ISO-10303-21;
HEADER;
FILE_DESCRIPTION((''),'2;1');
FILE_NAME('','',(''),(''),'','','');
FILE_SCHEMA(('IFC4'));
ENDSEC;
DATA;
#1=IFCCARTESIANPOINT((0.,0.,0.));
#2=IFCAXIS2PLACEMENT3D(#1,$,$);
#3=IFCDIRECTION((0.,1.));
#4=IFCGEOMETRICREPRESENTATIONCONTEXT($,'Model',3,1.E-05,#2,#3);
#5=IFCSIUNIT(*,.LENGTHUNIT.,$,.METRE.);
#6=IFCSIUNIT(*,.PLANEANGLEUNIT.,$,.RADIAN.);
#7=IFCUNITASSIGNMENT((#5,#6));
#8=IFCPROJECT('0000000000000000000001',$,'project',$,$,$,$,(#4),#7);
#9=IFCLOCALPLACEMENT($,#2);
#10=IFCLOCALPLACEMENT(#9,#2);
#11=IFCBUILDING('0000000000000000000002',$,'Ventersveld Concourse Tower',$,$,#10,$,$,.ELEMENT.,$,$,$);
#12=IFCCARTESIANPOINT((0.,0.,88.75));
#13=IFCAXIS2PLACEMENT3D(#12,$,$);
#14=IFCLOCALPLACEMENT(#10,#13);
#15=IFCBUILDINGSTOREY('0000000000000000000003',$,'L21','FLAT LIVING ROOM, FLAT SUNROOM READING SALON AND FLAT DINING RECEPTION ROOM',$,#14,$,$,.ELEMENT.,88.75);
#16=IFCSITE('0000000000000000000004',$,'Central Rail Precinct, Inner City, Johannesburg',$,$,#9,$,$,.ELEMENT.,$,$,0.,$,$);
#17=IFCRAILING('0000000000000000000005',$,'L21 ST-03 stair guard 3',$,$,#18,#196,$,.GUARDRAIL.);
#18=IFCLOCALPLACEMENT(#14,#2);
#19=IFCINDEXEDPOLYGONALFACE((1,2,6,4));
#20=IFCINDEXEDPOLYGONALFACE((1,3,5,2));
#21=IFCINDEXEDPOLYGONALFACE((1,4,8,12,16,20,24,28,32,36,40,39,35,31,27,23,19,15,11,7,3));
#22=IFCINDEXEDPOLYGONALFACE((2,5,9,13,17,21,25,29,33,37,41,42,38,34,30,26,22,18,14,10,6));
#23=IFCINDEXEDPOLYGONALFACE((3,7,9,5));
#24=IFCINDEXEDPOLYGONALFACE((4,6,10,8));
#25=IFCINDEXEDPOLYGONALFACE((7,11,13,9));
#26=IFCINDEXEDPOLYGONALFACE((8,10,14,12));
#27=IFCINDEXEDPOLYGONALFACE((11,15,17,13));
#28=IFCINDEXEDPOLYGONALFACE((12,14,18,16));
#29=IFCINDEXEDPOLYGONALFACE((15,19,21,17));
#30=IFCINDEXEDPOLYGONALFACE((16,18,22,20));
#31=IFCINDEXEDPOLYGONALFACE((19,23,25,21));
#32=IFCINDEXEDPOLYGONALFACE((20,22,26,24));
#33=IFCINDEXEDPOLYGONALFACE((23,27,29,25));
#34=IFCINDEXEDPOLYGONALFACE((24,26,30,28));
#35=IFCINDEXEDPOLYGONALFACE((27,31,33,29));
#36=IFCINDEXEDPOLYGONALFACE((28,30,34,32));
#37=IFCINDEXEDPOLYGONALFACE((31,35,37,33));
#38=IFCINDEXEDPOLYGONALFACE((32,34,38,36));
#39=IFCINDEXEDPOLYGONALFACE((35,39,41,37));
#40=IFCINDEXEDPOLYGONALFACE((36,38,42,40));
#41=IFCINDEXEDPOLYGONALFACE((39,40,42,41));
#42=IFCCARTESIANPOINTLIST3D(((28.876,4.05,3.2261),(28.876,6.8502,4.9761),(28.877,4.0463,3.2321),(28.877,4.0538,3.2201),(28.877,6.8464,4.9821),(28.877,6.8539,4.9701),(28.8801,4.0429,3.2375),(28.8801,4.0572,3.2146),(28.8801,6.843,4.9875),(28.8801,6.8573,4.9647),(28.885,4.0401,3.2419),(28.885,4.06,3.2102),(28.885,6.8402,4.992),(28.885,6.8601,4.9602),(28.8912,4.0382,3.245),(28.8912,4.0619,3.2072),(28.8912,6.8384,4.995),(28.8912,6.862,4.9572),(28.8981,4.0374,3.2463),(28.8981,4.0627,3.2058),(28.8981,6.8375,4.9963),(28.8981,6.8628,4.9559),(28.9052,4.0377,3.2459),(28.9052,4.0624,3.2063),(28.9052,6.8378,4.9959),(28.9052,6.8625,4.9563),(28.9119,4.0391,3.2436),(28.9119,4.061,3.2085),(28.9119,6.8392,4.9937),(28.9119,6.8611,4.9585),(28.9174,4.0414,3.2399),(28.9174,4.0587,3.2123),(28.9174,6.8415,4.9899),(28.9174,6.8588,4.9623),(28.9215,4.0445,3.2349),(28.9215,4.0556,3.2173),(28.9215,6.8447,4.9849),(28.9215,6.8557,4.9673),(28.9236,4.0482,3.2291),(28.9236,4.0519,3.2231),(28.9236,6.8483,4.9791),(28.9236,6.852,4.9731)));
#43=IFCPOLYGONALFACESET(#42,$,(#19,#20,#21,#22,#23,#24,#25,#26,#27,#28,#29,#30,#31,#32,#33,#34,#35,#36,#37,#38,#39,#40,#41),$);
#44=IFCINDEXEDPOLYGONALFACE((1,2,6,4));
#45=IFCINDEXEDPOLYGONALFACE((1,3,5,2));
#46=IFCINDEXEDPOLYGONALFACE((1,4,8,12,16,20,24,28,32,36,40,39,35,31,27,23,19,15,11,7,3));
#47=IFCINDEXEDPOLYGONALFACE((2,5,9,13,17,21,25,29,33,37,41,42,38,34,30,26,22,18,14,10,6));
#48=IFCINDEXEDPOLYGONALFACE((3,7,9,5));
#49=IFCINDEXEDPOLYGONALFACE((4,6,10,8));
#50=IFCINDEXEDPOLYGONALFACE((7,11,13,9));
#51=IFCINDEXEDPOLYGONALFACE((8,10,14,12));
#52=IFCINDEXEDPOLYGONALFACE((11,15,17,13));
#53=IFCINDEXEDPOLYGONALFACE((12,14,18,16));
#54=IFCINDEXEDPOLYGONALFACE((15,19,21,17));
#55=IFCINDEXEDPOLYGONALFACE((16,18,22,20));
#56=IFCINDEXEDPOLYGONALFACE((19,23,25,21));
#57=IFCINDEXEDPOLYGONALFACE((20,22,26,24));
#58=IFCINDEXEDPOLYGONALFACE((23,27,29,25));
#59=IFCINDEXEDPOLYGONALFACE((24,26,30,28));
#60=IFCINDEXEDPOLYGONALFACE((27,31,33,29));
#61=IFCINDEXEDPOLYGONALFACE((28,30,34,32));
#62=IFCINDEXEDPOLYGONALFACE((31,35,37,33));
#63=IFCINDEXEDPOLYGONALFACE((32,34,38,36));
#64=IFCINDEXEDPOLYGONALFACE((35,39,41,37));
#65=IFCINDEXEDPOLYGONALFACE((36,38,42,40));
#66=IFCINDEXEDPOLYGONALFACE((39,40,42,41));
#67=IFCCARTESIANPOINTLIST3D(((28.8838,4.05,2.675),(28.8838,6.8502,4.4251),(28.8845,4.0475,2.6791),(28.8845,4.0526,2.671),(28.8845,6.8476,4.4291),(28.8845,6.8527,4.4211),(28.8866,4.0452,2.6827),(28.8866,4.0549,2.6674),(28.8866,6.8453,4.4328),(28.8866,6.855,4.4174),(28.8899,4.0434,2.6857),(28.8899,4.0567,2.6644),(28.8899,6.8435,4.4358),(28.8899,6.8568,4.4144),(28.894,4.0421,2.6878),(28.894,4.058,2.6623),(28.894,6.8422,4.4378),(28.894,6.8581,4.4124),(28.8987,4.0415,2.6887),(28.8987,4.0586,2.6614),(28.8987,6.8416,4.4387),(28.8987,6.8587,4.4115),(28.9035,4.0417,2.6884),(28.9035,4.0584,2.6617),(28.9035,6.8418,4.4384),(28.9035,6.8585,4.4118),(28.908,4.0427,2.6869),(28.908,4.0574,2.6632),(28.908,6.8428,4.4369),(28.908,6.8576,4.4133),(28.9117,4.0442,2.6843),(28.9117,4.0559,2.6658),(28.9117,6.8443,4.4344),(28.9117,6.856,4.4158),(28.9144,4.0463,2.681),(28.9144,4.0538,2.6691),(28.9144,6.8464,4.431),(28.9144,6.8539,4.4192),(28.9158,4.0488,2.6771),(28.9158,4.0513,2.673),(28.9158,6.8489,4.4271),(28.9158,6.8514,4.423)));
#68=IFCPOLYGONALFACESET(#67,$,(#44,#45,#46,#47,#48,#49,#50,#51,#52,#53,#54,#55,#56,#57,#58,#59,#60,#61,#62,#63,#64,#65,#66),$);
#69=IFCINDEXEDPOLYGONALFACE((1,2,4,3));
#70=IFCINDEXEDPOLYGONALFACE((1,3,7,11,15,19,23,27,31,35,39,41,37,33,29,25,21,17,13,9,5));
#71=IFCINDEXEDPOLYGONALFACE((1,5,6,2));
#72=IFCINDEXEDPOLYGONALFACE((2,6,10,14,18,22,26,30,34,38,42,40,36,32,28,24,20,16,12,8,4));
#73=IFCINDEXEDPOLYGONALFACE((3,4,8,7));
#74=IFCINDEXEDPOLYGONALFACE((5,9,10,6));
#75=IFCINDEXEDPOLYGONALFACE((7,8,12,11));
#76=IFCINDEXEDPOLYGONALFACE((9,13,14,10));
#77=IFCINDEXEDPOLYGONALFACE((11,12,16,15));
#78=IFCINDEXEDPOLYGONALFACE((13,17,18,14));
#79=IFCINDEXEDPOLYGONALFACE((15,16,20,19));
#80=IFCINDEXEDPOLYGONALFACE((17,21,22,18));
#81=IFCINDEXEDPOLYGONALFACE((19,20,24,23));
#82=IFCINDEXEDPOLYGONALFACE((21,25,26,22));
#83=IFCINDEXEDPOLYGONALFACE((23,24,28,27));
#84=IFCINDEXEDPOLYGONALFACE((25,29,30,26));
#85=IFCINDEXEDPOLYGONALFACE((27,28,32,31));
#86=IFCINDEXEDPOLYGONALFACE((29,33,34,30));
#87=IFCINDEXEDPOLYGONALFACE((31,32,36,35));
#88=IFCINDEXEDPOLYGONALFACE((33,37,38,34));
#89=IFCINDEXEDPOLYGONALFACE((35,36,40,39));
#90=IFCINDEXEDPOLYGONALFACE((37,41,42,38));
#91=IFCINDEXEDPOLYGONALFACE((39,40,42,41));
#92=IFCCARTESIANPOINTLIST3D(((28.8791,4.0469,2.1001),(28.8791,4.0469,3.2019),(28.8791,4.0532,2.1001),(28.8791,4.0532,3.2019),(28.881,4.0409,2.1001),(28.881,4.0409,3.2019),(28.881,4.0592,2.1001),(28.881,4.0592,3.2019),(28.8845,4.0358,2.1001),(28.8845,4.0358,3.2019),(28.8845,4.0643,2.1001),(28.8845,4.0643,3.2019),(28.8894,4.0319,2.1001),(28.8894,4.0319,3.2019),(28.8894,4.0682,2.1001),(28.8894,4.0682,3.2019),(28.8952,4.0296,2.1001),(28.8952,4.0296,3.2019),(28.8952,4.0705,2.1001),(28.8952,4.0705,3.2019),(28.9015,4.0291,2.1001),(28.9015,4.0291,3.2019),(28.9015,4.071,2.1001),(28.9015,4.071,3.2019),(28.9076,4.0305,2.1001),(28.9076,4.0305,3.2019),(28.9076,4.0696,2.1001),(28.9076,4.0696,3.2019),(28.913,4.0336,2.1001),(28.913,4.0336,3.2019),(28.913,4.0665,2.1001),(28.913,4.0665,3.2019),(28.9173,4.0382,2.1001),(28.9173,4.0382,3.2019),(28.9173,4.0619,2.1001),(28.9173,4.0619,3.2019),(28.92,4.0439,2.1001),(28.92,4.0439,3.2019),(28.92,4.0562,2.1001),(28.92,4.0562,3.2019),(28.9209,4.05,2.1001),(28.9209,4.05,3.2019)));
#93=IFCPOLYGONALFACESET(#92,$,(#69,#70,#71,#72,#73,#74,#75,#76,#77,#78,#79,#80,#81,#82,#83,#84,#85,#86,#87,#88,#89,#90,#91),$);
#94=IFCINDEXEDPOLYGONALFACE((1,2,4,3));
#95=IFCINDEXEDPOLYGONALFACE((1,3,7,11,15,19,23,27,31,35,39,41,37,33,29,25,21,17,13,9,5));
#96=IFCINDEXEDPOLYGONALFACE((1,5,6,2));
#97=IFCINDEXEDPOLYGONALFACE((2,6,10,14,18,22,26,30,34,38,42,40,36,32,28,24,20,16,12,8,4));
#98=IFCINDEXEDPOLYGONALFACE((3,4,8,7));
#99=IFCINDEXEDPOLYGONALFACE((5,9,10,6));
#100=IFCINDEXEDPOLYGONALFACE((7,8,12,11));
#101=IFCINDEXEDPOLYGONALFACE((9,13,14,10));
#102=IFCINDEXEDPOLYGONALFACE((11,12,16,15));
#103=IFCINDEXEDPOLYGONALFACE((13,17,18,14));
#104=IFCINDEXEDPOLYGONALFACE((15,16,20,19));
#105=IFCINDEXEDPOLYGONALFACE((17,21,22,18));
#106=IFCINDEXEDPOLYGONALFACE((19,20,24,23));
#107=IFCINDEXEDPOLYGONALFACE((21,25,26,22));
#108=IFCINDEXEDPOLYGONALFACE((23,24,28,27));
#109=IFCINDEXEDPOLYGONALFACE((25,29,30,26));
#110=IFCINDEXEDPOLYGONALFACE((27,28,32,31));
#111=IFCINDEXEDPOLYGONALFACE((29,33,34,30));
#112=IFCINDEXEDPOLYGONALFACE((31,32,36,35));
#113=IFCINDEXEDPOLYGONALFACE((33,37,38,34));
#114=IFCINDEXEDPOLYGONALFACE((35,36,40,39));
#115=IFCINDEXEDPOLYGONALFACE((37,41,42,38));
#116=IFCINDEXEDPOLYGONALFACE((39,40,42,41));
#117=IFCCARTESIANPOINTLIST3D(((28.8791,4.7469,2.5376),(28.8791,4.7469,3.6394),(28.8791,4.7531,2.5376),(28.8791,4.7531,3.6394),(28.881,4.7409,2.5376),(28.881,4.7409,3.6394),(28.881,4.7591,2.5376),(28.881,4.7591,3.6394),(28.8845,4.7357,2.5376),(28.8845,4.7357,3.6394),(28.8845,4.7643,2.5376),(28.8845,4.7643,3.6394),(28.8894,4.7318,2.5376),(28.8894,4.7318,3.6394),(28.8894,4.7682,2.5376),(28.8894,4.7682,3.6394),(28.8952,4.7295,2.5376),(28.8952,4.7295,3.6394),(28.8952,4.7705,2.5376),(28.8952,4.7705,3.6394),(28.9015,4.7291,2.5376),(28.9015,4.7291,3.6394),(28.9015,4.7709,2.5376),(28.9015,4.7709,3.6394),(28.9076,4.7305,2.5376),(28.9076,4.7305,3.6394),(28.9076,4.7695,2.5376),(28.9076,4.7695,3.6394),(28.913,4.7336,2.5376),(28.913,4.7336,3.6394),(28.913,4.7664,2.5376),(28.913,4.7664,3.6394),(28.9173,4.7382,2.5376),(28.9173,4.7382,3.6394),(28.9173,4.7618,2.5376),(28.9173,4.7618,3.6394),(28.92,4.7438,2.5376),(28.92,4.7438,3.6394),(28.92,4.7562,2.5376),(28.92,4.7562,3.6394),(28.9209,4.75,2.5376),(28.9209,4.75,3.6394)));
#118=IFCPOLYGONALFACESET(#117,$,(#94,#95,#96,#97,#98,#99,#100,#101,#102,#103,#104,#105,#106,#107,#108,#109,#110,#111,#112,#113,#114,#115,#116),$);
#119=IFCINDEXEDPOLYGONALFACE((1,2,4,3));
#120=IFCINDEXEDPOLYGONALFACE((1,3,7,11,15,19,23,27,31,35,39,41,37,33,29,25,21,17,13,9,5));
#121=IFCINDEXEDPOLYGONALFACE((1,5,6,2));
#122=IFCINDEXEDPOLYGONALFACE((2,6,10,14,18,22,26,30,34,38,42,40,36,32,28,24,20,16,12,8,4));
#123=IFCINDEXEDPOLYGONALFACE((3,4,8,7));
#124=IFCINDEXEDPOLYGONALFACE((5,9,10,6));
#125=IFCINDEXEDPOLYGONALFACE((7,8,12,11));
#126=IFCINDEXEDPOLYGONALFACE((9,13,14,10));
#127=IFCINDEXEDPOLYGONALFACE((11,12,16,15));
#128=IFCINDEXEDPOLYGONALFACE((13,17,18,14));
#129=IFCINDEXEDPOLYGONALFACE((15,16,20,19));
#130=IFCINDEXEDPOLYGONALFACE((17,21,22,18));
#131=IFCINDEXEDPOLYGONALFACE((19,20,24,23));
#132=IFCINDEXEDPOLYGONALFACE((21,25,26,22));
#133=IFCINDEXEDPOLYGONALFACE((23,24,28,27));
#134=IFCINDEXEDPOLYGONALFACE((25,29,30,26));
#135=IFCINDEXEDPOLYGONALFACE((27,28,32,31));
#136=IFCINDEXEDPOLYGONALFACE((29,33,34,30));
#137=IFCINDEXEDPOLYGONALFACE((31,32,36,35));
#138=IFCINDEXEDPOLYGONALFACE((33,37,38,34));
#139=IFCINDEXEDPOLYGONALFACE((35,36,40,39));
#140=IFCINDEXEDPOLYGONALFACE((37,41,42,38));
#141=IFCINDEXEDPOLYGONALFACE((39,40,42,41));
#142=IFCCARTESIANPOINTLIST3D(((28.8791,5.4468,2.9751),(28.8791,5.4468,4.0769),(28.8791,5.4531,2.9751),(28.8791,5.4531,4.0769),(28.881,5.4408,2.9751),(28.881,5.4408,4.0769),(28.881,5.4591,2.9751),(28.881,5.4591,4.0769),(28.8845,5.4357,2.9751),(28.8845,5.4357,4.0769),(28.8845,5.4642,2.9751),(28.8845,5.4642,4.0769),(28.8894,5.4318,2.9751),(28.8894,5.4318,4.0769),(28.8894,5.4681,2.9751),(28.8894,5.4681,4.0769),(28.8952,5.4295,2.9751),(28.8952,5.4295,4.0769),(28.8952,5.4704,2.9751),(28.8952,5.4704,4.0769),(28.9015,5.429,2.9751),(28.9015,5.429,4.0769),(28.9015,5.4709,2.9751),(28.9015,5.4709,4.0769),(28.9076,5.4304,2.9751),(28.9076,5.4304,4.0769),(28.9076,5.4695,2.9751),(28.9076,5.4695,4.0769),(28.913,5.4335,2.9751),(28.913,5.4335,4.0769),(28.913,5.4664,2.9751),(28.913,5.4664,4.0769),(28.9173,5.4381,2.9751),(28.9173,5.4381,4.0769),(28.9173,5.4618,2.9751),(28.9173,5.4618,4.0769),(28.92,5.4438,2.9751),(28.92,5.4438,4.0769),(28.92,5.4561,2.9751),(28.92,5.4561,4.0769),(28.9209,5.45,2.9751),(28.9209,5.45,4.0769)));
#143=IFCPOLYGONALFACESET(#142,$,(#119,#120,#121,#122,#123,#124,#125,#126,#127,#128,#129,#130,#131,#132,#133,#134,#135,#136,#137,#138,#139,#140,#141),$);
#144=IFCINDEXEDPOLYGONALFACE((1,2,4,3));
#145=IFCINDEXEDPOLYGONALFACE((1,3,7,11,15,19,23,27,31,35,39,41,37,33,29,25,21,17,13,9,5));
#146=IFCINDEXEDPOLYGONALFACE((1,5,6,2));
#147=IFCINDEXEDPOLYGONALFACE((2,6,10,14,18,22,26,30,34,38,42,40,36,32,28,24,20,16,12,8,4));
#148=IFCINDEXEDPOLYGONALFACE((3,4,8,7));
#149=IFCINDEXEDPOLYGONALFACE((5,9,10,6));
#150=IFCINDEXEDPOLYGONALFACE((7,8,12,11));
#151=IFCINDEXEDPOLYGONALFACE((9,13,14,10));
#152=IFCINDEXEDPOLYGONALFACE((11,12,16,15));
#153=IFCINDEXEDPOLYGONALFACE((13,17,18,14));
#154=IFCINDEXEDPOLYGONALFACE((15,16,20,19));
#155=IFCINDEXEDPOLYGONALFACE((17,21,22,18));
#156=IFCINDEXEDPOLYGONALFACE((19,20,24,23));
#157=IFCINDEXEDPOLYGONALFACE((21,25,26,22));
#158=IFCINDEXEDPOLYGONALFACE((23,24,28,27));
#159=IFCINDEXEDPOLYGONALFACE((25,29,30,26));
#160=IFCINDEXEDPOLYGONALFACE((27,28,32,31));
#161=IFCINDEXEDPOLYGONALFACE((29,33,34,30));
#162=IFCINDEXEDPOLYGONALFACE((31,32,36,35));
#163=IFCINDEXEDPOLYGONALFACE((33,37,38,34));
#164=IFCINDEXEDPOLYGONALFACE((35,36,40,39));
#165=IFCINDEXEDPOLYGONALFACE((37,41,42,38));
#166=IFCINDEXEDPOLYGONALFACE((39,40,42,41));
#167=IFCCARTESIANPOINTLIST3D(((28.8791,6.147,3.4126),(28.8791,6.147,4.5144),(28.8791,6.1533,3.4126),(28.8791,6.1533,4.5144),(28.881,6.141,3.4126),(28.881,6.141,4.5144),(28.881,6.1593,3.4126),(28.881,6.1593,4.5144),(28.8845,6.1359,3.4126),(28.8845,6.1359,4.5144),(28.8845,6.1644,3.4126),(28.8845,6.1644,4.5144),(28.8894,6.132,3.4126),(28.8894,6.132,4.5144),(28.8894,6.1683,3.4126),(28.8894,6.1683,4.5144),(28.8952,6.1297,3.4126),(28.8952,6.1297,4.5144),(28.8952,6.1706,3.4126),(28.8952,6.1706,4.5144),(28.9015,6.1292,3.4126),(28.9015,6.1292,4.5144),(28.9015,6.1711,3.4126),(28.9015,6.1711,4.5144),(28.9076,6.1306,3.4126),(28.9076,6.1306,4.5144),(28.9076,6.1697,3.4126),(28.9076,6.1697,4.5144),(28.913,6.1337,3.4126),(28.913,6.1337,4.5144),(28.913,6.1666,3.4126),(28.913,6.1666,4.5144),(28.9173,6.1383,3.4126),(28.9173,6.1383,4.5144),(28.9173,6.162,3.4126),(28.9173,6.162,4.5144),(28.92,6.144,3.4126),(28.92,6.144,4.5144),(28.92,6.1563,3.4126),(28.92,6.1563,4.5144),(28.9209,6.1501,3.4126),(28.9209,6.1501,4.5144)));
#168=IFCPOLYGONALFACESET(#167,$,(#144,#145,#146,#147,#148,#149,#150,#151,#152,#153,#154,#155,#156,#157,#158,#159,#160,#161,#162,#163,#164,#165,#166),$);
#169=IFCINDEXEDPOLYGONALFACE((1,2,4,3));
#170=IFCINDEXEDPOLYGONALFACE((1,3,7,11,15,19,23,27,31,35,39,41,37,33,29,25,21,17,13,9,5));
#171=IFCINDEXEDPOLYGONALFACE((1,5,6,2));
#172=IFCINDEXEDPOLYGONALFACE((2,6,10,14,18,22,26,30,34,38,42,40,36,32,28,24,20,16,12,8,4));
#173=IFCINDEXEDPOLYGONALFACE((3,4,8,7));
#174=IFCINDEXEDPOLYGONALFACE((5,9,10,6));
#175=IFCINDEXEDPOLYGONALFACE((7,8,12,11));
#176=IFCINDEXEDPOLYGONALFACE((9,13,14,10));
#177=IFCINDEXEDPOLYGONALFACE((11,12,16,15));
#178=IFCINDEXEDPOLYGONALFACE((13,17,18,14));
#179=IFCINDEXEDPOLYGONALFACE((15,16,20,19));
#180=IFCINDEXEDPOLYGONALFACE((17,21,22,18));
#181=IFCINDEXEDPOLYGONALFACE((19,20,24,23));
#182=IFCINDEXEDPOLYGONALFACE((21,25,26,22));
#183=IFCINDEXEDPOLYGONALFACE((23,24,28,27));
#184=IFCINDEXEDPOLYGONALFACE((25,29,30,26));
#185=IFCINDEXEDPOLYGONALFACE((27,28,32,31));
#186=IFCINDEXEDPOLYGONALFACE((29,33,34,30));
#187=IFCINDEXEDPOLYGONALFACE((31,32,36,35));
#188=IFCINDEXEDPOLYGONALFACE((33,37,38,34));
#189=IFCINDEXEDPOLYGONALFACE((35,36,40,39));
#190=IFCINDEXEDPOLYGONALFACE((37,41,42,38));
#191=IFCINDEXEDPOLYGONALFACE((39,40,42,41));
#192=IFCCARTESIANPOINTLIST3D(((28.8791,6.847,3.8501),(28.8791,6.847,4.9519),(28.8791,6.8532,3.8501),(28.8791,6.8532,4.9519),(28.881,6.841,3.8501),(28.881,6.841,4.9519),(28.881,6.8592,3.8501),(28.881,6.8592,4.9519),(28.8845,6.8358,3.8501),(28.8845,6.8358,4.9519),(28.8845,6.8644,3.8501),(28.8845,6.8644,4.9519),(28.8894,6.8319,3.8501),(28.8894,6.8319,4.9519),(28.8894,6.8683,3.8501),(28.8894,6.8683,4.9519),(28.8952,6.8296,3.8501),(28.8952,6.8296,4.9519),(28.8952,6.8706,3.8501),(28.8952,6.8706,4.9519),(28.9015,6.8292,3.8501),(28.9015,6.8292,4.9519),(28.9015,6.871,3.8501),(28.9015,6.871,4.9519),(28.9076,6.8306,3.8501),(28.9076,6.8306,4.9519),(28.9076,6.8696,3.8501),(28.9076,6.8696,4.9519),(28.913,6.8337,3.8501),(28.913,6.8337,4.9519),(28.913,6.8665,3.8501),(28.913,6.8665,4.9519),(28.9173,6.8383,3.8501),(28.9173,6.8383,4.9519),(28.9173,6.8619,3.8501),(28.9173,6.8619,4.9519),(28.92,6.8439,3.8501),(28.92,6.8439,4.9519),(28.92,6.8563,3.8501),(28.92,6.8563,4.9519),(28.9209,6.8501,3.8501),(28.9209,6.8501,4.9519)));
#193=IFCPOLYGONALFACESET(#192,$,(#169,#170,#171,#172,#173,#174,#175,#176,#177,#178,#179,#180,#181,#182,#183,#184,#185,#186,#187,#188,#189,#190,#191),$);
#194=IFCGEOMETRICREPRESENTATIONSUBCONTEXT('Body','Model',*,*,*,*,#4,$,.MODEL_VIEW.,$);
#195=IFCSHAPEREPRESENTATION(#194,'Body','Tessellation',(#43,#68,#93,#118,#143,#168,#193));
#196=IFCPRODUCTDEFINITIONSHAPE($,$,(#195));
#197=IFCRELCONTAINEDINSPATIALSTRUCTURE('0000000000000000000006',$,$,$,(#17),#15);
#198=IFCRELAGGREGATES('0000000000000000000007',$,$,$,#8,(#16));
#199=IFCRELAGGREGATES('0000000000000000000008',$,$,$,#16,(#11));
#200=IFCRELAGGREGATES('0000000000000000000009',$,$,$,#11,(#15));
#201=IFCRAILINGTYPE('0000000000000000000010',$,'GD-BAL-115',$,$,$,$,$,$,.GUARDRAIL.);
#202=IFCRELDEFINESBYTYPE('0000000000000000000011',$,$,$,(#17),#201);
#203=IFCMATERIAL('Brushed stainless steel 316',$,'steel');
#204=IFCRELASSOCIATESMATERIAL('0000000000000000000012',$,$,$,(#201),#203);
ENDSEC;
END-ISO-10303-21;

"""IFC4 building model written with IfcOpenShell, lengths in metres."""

from ifc_helpers import new_model, si_unit, direction, frame, origin, origin_2d, place, context, subcontext, project, spatial, circle, extrude, material, type_object, element, save


model = new_model("IFC4")

# Units and contexts
model_context = context("Model", 3, precision=1e-05, world=origin(), true_north=direction((0.0, 1.0)))
body_context = subcontext(model_context, "Body", "Model", "MODEL_VIEW")
ifc_project = project(units=[si_unit("LENGTHUNIT", "METRE"), si_unit("PLANEANGLEUNIT", "RADIAN")], contexts=[model_context])

# Site, building, storey
site_placement = place(None, origin())
site = spatial("IfcSite", under=ifc_project, at=site_placement, Name="Central Rail Precinct, Inner City, Johannesburg", CompositionType="ELEMENT", RefElevation=0.0)
building_placement = place(site_placement, origin())
building = spatial("IfcBuilding", under=site, at=building_placement, Name="Ventersveld Concourse Tower", CompositionType="ELEMENT")
storey_placement = place(building_placement, frame((0.0, 0.0, 88.75)))
storey = spatial("IfcBuildingStorey", under=building, at=storey_placement, Name="L21", Description="FLAT LIVING ROOM, FLAT SUNROOM READING SALON AND FLAT DINING RECEPTION ROOM", CompositionType="ELEMENT", Elevation=88.75)

# Railing
ifc_material_1 = material(Name="Brushed stainless steel 316", Category="steel")
railing_type_1 = type_object("IfcRailingType", Name="GD-BAL-115", PredefinedType="GUARDRAIL", material=ifc_material_1)
railing_1_placement = place(storey_placement, frame((28.8999, 4.05, 2.1001)))
element("IfcRailing", 1, at=railing_1_placement, inside=storey, type_object=railing_type_1, Name="L21 ST-03 stair guard 3", PredefinedType="GUARDRAIL", context=body_context, shape_type="SweptSolid", body=[
    extrude(circle(Radius=0.0239, at=origin_2d()), frame((0.0, 0.0, 1.126), z_axis=(0.0, 0.848002, 0.529992), x_axis=(-1.0, 0.0, 0.0)), (0.0, 0.0, 1.0), 3.302),
    extrude(circle(Radius=0.0161, at=origin_2d()), frame((0.0, 0.0, 0.575), z_axis=(0.0, 0.848002, 0.529992), x_axis=(-1.0, 0.0, 0.0)), (0.0, 0.0, 1.0), 3.302),
    extrude(circle(Radius=0.021, at=origin_2d()), origin(), (0.0, 0.0, 1.0), 1.1018),
    extrude(circle(Radius=0.021, at=origin_2d()), frame((0.0, 0.7, 0.4375)), (0.0, 0.0, 1.0), 1.1018),
    extrude(circle(Radius=0.021, at=origin_2d()), frame((0.0, 1.3999, 0.875)), (0.0, 0.0, 1.0), 1.1018),
    extrude(circle(Radius=0.021, at=origin_2d()), frame((0.0, 2.1001, 1.3125)), (0.0, 0.0, 1.0), 1.1018),
    extrude(circle(Radius=0.021, at=origin_2d()), frame((0.0, 2.8, 1.75)), (0.0, 0.0, 1.0), 1.1018),
])

save(model, "model.ifc")
